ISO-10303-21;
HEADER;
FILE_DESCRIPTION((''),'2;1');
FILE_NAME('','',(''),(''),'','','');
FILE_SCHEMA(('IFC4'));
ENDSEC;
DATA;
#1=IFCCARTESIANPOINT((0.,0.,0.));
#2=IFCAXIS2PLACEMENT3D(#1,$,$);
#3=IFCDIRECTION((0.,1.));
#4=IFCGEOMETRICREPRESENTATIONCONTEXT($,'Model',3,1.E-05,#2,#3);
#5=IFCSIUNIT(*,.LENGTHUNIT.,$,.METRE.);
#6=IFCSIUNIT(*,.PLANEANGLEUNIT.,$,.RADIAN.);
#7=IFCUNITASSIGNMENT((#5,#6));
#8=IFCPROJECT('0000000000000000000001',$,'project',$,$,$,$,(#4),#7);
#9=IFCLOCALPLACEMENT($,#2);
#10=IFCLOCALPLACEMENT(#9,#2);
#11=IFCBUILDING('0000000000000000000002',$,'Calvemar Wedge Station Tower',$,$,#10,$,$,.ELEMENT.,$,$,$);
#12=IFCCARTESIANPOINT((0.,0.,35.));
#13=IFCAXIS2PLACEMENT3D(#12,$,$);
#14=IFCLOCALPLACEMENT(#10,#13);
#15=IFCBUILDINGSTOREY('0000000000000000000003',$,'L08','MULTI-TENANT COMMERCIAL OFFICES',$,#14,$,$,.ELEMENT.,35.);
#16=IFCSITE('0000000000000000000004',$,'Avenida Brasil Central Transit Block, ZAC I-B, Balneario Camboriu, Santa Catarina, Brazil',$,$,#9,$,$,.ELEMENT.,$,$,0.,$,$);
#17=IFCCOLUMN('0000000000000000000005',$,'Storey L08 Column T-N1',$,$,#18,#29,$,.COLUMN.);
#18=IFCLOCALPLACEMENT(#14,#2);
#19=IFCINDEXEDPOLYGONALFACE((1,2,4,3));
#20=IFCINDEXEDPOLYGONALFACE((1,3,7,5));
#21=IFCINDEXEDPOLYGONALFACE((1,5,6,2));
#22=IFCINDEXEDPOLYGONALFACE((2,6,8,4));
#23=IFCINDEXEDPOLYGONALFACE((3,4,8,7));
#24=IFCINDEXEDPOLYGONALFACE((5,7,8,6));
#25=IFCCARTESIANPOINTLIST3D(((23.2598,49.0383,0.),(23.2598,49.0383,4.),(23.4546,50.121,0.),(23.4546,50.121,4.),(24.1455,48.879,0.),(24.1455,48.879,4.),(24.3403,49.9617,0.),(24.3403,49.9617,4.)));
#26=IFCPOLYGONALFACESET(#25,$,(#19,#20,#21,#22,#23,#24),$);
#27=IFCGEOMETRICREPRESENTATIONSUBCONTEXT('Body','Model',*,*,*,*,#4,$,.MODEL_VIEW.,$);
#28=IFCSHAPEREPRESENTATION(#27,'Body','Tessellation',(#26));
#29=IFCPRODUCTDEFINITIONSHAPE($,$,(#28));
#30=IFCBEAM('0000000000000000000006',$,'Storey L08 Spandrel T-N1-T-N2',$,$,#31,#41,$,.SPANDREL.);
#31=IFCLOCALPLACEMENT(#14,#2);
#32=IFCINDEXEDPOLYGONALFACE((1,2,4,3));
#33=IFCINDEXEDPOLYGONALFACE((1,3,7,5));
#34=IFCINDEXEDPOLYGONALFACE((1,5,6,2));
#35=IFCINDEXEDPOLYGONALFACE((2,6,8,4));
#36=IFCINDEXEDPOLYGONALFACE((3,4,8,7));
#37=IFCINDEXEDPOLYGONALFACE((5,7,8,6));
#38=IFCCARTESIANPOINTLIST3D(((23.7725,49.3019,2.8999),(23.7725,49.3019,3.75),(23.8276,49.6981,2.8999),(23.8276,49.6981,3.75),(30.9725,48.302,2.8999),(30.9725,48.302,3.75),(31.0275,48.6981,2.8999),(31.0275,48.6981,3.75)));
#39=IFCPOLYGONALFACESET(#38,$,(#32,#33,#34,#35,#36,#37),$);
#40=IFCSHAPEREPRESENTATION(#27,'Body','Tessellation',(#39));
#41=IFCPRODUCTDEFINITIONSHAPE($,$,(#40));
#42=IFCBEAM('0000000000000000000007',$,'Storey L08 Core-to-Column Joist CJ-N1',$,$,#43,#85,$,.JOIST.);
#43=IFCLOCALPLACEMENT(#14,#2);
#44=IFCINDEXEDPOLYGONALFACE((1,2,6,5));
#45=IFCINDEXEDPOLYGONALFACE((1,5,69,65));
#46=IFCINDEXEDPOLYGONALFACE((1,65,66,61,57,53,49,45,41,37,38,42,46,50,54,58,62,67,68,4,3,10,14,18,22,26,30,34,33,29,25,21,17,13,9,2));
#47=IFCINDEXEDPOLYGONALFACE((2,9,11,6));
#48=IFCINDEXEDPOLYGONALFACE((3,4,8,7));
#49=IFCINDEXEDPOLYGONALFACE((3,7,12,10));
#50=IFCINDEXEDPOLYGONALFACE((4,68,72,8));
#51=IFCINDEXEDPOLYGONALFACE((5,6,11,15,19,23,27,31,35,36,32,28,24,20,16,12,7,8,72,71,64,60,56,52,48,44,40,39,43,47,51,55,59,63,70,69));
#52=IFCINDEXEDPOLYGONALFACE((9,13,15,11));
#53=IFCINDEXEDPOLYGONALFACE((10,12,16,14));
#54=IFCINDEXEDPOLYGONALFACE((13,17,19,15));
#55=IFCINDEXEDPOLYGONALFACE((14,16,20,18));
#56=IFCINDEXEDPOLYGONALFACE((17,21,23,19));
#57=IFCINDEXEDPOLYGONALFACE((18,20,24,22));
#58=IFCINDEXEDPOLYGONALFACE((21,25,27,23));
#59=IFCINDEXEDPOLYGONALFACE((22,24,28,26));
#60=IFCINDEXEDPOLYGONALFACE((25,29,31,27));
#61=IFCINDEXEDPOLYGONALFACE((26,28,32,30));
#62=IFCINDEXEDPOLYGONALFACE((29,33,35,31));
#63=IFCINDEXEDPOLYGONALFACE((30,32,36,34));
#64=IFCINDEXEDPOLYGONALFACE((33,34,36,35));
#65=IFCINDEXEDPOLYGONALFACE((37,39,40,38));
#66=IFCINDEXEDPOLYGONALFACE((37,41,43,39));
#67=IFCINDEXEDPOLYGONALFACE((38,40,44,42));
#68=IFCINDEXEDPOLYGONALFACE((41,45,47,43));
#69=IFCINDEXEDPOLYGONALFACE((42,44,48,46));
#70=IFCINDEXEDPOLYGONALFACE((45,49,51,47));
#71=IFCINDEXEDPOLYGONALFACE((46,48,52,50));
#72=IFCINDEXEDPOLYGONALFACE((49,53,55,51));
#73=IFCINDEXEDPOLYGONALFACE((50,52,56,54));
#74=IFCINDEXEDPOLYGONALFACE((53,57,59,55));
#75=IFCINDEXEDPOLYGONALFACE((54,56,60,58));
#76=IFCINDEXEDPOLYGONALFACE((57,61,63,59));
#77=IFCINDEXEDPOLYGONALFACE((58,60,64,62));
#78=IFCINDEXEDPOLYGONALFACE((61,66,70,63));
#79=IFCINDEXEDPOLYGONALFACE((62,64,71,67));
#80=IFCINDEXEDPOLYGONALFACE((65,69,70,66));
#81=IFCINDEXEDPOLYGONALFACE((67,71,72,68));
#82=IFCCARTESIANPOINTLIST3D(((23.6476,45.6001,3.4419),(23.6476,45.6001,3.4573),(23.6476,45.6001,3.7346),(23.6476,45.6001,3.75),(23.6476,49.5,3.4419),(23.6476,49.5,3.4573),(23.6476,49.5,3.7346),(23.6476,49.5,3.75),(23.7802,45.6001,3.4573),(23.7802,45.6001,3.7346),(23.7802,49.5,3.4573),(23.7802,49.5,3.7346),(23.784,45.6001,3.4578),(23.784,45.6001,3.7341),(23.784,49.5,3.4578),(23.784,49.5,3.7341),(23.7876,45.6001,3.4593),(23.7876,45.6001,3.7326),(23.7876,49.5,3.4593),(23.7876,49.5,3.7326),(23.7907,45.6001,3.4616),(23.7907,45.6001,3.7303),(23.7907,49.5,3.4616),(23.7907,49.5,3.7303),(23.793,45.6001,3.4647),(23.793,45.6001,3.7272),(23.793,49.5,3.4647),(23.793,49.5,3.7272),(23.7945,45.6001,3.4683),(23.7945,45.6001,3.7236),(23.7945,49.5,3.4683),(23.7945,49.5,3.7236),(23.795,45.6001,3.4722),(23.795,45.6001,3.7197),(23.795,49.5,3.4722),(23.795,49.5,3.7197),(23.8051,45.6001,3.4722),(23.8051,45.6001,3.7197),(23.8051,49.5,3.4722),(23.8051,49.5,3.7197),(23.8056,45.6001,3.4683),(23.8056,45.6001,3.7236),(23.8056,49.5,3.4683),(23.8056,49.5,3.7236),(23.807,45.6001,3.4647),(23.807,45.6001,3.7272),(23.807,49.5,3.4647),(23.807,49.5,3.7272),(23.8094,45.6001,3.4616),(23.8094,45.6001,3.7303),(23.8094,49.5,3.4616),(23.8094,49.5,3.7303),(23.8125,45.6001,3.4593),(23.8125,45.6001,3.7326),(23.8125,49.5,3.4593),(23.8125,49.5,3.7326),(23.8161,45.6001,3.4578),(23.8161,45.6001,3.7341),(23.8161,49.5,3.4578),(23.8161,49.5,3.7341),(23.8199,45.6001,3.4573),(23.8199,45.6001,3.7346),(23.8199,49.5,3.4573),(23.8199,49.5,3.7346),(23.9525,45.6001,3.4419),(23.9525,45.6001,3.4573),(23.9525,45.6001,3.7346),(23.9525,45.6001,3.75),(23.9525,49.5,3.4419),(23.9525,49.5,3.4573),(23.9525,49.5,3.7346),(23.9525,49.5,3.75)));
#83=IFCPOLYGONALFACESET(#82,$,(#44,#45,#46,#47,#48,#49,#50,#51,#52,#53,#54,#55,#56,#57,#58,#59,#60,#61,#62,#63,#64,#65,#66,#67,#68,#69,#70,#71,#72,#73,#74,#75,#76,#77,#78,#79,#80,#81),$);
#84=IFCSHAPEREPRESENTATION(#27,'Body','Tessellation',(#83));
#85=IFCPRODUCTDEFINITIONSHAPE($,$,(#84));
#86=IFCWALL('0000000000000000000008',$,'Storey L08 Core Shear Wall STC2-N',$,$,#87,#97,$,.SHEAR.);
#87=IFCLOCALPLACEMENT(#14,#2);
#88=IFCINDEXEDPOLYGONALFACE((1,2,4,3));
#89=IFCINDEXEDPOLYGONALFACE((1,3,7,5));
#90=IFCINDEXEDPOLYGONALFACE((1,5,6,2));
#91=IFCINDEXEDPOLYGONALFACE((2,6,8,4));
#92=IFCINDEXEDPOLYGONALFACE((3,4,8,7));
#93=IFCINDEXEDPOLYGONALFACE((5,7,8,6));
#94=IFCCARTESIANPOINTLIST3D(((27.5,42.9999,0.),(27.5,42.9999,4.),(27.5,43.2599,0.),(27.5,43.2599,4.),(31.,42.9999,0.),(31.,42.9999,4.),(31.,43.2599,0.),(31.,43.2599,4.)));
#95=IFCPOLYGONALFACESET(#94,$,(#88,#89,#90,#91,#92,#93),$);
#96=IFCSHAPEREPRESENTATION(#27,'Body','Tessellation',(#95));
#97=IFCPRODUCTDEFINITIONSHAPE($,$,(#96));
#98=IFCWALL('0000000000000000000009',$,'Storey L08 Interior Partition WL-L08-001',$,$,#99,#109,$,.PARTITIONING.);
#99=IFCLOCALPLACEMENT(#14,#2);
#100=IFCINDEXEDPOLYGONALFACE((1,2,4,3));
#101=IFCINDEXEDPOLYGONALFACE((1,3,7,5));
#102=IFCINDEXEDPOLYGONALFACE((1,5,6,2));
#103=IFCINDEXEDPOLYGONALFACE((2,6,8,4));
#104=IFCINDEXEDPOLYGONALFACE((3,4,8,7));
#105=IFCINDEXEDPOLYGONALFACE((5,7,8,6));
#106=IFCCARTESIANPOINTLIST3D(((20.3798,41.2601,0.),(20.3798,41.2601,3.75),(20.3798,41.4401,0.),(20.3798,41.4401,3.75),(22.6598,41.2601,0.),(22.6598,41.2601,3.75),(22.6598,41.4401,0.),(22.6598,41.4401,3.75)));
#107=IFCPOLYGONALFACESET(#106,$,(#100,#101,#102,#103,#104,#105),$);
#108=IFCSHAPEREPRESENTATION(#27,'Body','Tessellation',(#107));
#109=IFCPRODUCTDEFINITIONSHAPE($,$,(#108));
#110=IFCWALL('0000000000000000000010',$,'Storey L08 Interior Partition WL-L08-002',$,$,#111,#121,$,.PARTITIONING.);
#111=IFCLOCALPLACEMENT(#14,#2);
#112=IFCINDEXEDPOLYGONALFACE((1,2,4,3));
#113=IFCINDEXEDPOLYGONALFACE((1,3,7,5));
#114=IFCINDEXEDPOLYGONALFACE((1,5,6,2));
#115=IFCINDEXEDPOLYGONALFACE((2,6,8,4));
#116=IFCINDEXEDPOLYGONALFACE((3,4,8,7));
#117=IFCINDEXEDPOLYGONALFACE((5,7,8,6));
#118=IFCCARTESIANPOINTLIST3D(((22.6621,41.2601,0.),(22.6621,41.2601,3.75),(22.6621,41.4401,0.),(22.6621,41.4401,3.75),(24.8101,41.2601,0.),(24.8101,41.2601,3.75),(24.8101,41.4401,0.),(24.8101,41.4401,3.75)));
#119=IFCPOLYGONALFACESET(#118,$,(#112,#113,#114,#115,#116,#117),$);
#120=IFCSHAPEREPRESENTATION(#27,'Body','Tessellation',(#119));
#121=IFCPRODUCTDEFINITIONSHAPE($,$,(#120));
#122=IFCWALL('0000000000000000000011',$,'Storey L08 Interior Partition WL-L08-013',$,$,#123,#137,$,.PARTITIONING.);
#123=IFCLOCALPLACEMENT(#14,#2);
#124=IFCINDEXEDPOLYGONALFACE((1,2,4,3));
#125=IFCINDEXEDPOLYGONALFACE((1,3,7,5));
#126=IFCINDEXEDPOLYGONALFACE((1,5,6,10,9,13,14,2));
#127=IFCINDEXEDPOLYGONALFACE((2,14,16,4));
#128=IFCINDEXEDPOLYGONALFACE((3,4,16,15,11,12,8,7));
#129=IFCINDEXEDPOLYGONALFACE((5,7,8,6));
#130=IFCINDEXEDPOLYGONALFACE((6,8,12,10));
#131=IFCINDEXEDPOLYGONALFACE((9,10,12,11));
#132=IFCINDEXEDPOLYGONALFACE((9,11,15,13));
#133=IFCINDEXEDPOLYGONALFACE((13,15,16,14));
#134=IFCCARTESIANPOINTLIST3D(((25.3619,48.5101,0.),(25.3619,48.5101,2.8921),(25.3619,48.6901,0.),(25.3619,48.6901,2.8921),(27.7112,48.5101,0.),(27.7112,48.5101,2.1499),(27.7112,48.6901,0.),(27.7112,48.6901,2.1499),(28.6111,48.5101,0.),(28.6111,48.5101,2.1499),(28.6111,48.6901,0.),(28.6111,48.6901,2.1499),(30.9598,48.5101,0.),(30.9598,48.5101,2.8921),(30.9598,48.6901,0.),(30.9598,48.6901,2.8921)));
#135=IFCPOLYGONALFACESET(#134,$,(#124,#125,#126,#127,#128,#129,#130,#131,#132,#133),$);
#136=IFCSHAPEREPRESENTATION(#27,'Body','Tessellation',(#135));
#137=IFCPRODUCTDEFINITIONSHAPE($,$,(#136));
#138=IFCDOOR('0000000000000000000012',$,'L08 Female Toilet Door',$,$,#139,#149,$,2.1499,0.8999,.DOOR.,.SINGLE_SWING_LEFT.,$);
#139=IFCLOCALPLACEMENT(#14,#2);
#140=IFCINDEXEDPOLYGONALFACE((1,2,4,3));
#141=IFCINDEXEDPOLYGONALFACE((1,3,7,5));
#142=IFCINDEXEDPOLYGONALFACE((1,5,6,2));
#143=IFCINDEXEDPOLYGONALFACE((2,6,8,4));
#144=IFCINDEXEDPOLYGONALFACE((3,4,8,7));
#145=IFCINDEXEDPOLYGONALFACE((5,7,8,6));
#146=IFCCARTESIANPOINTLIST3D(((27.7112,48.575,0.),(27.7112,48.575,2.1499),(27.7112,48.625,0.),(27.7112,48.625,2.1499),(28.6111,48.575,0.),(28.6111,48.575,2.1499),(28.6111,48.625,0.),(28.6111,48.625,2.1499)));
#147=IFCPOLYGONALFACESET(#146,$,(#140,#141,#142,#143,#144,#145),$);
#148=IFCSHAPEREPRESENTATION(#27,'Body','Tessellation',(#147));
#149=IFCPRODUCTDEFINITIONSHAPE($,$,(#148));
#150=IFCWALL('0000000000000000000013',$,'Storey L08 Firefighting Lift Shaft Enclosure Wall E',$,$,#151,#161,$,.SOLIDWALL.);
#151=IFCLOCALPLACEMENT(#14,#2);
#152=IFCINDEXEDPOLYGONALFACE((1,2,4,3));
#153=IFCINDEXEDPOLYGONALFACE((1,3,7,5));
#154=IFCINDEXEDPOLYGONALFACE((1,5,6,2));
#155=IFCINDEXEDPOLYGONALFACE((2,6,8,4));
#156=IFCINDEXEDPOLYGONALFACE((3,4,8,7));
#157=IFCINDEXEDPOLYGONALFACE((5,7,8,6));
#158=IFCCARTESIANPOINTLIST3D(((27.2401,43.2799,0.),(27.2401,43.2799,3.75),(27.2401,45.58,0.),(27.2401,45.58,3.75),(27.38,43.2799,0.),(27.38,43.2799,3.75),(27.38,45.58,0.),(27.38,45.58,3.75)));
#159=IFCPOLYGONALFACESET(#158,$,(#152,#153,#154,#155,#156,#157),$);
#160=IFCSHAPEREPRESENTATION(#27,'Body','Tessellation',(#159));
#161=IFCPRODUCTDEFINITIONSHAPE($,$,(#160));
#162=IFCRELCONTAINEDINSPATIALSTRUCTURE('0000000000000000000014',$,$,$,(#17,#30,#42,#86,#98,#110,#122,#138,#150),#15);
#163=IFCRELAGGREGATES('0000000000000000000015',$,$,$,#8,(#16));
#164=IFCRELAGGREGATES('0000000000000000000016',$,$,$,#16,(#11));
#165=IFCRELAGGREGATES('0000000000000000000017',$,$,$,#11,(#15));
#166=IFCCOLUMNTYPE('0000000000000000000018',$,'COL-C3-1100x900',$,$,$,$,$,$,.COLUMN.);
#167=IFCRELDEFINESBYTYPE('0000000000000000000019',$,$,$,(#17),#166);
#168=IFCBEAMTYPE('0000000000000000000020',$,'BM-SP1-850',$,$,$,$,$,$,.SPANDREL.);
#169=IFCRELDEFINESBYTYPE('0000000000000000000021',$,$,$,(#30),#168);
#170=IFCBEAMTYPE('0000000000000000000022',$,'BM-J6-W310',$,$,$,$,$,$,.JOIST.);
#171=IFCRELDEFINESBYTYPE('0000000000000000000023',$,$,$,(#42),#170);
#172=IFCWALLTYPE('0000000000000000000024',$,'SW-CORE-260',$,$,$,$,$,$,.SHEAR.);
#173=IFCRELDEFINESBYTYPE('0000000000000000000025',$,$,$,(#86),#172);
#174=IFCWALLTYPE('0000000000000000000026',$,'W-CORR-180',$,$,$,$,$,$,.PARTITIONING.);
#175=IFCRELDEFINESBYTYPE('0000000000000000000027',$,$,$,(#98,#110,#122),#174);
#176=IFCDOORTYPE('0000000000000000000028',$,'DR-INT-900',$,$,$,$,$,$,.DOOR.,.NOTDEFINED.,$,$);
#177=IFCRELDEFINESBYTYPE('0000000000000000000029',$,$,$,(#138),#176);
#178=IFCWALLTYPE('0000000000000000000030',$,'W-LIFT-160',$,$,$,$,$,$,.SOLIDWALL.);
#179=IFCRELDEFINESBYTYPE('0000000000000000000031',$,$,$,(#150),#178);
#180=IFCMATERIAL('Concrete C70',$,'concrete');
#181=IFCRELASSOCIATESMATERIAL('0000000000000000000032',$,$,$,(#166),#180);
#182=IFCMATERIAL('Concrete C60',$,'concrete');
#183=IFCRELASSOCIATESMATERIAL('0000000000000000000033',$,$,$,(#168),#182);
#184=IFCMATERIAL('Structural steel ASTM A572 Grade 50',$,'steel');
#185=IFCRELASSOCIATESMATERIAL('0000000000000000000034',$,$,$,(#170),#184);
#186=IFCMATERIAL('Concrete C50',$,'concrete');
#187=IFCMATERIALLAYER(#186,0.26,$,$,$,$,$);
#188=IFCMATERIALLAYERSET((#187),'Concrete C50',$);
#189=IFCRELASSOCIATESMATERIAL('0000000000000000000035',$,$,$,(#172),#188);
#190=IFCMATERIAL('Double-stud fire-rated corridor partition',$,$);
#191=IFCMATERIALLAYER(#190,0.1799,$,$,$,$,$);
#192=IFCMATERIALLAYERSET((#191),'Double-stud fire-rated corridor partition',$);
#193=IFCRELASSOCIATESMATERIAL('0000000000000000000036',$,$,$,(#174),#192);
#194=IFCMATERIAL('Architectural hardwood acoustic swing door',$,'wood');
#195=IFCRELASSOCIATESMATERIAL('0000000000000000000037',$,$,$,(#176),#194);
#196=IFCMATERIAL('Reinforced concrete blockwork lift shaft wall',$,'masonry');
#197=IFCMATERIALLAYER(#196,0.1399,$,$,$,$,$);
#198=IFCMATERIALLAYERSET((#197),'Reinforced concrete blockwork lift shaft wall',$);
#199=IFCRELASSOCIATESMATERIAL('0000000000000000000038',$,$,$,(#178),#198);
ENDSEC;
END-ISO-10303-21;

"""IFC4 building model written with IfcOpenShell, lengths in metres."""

from ifc_helpers import new_model, si_unit, direction, frame, frame_2d, origin, origin_2d, place, context, subcontext, project, spatial, rectangle, i_section, extrude, source, transform, mapped, material, layer, layer_set, material_profile, profile_set, type_object, element, fill, save


model = new_model("IFC4")

# Units and contexts
model_context = context("Model", 3, precision=1e-05, world=origin(), true_north=direction((0.0, 1.0)))
body_context = subcontext(model_context, "Body", "Model", "MODEL_VIEW")
ifc_project = project(units=[si_unit("LENGTHUNIT", "METRE"), si_unit("PLANEANGLEUNIT", "RADIAN")], contexts=[model_context])

# Site, building, storey
site_placement = place(None, origin())
site = spatial("IfcSite", under=ifc_project, at=site_placement, Name="Avenida Brasil Central Transit Block, ZAC I-B, Balneario Camboriu, Santa Catarina, Brazil", CompositionType="ELEMENT", RefElevation=0.0)
building_placement = place(site_placement, origin())
building = spatial("IfcBuilding", under=site, at=building_placement, Name="Calvemar Wedge Station Tower", CompositionType="ELEMENT")
storey_placement = place(building_placement, frame((0.0, 0.0, 35.0)))
storey = spatial("IfcBuildingStorey", under=building, at=storey_placement, Name="L08", Description="MULTI-TENANT COMMERCIAL OFFICES", CompositionType="ELEMENT", Elevation=35.0)

# Column
ifc_material_1 = material(Name="Concrete C70", Category="concrete")
ifc_material_profile_1 = material_profile(ifc_material_1, rectangle(XDim=0.8999, YDim=1.1001, at=origin_2d()), Name="RC1100x900")
ifc_profile_set_1 = profile_set([ifc_material_profile_1], Name="Concrete C70")
column_type = type_object("IfcColumnType", Name="COL-C3-1100x900", PredefinedType="COLUMN", material=ifc_profile_set_1)
shared_shape_1 = source(origin(), body_context, "Body", "SweptSolid", [
    extrude(rectangle(XDim=0.8999, YDim=1.1001, at=origin_2d()), origin(), (0.0, 0.0, 1.0), 4.0),
])
column_placement = place(storey_placement, frame((23.8, 49.5, 0.0), z_axis=(0.0, 0.0, 1.0), x_axis=(0.984196, -0.177085, 0.0)))
element("IfcColumn", 1, at=column_placement, inside=storey, type_object=column_type, Name="Storey L08 Column T-N1", PredefinedType="COLUMN", context=body_context, shape_type="MappedRepresentation", body=[
    mapped(shared_shape_1, transform((0.0, 0.0, 0.0), scale=1.0)),
])

# Beams
ifc_material_2 = material(Name="Concrete C60", Category="concrete")
ifc_material_profile_2 = material_profile(ifc_material_2, rectangle(XDim=0.3999, YDim=0.8501, at=origin_2d()), Name="RC400x850")
ifc_profile_set_2 = profile_set([ifc_material_profile_2], Name="Concrete C60")
beam_type_1 = type_object("IfcBeamType", Name="BM-SP1-850", PredefinedType="SPANDREL", material=ifc_profile_set_2)
shared_shape_2 = source(origin(), body_context, "Body", "SweptSolid", [
    extrude(rectangle(XDim=0.3999, YDim=0.8501, at=origin_2d()), origin(), (0.0, 0.0, 1.0), 7.269),
])
beam_1_placement = place(storey_placement, frame((23.8, 49.5, 3.325), z_axis=(0.990492, -0.137569, 0.0), x_axis=(0.137569, 0.990492, 0.0)))
element("IfcBeam", 2, at=beam_1_placement, inside=storey, type_object=beam_type_1, Name="Storey L08 Spandrel T-N1-T-N2", PredefinedType="SPANDREL", context=body_context, shape_type="MappedRepresentation", body=[
    mapped(shared_shape_2, transform((0.0, 0.0, 0.0), scale=1.0)),
])
ifc_material_3 = material(Name="Structural steel ASTM A572 Grade 50", Category="steel")
ifc_material_profile_3 = material_profile(ifc_material_3, i_section(OverallWidth=0.3049, OverallDepth=0.3081, WebThickness=0.01, FlangeThickness=0.0154, FilletRadius=0.0149, at=origin_2d()), Name="W310x97")
ifc_profile_set_3 = profile_set([ifc_material_profile_3], Name="Structural steel ASTM A572 Grade 50")
beam_type_2 = type_object("IfcBeamType", Name="BM-J6-W310", PredefinedType="JOIST", material=ifc_profile_set_3)
shared_shape_3 = source(origin(), body_context, "Body", "SweptSolid", [
    extrude(i_section(OverallWidth=0.3049, OverallDepth=0.3081, WebThickness=0.01, FlangeThickness=0.0154, FilletRadius=0.0149, at=origin_2d()), origin(), (0.0, 0.0, 1.0), 3.8999),
])
beam_2_placement = place(storey_placement, frame((23.8, 45.6001, 3.5959), z_axis=(0.0, 1.0, 0.0), x_axis=(-1.0, 0.0, 0.0)))
element("IfcBeam", 3, at=beam_2_placement, inside=storey, type_object=beam_type_2, Name="Storey L08 Core-to-Column Joist CJ-N1", PredefinedType="JOIST", context=body_context, shape_type="MappedRepresentation", body=[
    mapped(shared_shape_3, transform((0.0, 0.0, 0.0), scale=1.0)),
])

# Walls
ifc_material_4 = material(Name="Concrete C50", Category="concrete")
ifc_layer_1 = layer(ifc_material_4, 0.26)
ifc_layer_set_1 = layer_set([ifc_layer_1], Name="Concrete C50")
wall_type_1 = type_object("IfcWallType", Name="SW-CORE-260", PredefinedType="SHEAR", material=ifc_layer_set_1)
wall_1_placement = place(storey_placement, frame((27.5, 43.1299, 0.0), z_axis=(0.0, 0.0, 1.0), x_axis=(1.0, 0.0, 0.0)))
element("IfcWall", 4, at=wall_1_placement, inside=storey, type_object=wall_type_1, Name="Storey L08 Core Shear Wall STC2-N", PredefinedType="SHEAR", context=body_context, shape_type="SweptSolid", body=[
    extrude(rectangle(XDim=3.5, YDim=0.26, at=frame_2d((1.75, 0.0))), origin(), (0.0, 0.0, 1.0), 4.0),
])
ifc_material_5 = material(Name="Double-stud fire-rated corridor partition")
ifc_layer_2 = layer(ifc_material_5, 0.1799)
ifc_layer_set_2 = layer_set([ifc_layer_2], Name="Double-stud fire-rated corridor partition")
wall_type_2 = type_object("IfcWallType", Name="W-CORR-180", PredefinedType="PARTITIONING", material=ifc_layer_set_2)
wall_2_placement = place(storey_placement, frame((22.6599, 41.3501, 0.0), z_axis=(0.0, 0.0, 1.0), x_axis=(-1.0, 0.0, 0.0)))
element("IfcWall", 5, at=wall_2_placement, inside=storey, type_object=wall_type_2, Name="Storey L08 Interior Partition WL-L08-001", PredefinedType="PARTITIONING", context=body_context, shape_type="SweptSolid", body=[
    extrude(rectangle(XDim=2.28, YDim=0.1799, at=frame_2d((1.1401, 0.0))), origin(), (0.0, 0.0, 1.0), 3.75),
])
wall_3_placement = place(storey_placement, frame((24.8101, 41.3501, 0.0), z_axis=(0.0, 0.0, 1.0), x_axis=(-1.0, 0.0, 0.0)))
element("IfcWall", 6, at=wall_3_placement, inside=storey, type_object=wall_type_2, Name="Storey L08 Interior Partition WL-L08-002", PredefinedType="PARTITIONING", context=body_context, shape_type="SweptSolid", body=[
    extrude(rectangle(XDim=2.1479, YDim=0.1799, at=frame_2d((1.074, 0.0))), origin(), (0.0, 0.0, 1.0), 3.75),
])

# Wall, opening, door
wall_4_placement = place(storey_placement, frame((25.3621, 48.6001, 0.0), z_axis=(0.0, 0.0, 1.0), x_axis=(1.0, 0.0, 0.0)))
wall_4 = element("IfcWall", 7, at=wall_4_placement, inside=storey, type_object=wall_type_2, Name="Storey L08 Interior Partition WL-L08-013", PredefinedType="PARTITIONING", context=body_context, shape_type="SweptSolid", body=[
    extrude(rectangle(XDim=5.5979, YDim=0.1799, at=frame_2d((2.7988, 0.0))), origin(), (0.0, 0.0, 1.0), 2.8921),
])
shared_shape_4 = source(origin(), body_context, "Body", "SweptSolid", [
    extrude(rectangle(XDim=0.8999, YDim=2.1499, at=frame_2d((0.45, 1.075))), frame((0.0, 0.1001, 0.0), z_axis=(0.0, -1.0, 0.0), x_axis=(1.0, 0.0, 0.0)), (0.0, 0.0, 1.0), 0.2),
])
opening_1_placement = place(wall_4_placement, frame((2.3491, 0.0, 0.0)))
opening_1 = element("IfcOpeningElement", 8, at=opening_1_placement, cuts=wall_4, PredefinedType="OPENING", context=body_context, shape_type="MappedRepresentation", body=[
    mapped(shared_shape_4, transform((0.0, 0.0, 0.0), scale=1.0)),
])
ifc_material_6 = material(Name="Architectural hardwood acoustic swing door", Category="wood")
door_type_1 = type_object("IfcDoorType", Name="DR-INT-900", OperationType="NOTDEFINED", PredefinedType="DOOR", material=ifc_material_6)
shared_shape_5 = source(origin(), body_context, "Body", "SweptSolid", [
    extrude(rectangle(XDim=0.8999, YDim=2.1499, at=frame_2d((0.45, 1.075))), frame((0.0, 0.0249, 0.0), z_axis=(0.0, -1.0, 0.0), x_axis=(1.0, 0.0, 0.0)), (0.0, 0.0, 1.0), 0.05),
])
door_1_placement = place(opening_1_placement, origin())
door_1 = element("IfcDoor", 9, at=door_1_placement, inside=storey, type_object=door_type_1, Name="L08 Female Toilet Door", OperationType="SINGLE_SWING_LEFT", OverallHeight=2.1499, OverallWidth=0.8999, PredefinedType="DOOR", context=body_context, shape_type="MappedRepresentation", body=[
    mapped(shared_shape_5, transform((0.0, 0.0, 0.0), scale=1.0)),
])
fill(opening_1, door_1)

# Wall
ifc_material_7 = material(Name="Reinforced concrete blockwork lift shaft wall", Category="masonry")
ifc_layer_3 = layer(ifc_material_7, 0.1399)
ifc_layer_set_3 = layer_set([ifc_layer_3], Name="Reinforced concrete blockwork lift shaft wall")
wall_type_3 = type_object("IfcWallType", Name="W-LIFT-160", PredefinedType="SOLIDWALL", material=ifc_layer_set_3)
wall_5_placement = place(storey_placement, frame((27.3101, 43.28, 0.0), z_axis=(0.0, 0.0, 1.0), x_axis=(0.0, 1.0, 0.0)))
element("IfcWall", 10, at=wall_5_placement, inside=storey, type_object=wall_type_3, Name="Storey L08 Firefighting Lift Shaft Enclosure Wall E", PredefinedType="SOLIDWALL", context=body_context, shape_type="SweptSolid", body=[
    extrude(rectangle(XDim=2.3, YDim=0.1399, at=frame_2d((1.1499, 0.0))), origin(), (0.0, 0.0, 1.0), 3.75),
])

save(model, "model.ifc")
